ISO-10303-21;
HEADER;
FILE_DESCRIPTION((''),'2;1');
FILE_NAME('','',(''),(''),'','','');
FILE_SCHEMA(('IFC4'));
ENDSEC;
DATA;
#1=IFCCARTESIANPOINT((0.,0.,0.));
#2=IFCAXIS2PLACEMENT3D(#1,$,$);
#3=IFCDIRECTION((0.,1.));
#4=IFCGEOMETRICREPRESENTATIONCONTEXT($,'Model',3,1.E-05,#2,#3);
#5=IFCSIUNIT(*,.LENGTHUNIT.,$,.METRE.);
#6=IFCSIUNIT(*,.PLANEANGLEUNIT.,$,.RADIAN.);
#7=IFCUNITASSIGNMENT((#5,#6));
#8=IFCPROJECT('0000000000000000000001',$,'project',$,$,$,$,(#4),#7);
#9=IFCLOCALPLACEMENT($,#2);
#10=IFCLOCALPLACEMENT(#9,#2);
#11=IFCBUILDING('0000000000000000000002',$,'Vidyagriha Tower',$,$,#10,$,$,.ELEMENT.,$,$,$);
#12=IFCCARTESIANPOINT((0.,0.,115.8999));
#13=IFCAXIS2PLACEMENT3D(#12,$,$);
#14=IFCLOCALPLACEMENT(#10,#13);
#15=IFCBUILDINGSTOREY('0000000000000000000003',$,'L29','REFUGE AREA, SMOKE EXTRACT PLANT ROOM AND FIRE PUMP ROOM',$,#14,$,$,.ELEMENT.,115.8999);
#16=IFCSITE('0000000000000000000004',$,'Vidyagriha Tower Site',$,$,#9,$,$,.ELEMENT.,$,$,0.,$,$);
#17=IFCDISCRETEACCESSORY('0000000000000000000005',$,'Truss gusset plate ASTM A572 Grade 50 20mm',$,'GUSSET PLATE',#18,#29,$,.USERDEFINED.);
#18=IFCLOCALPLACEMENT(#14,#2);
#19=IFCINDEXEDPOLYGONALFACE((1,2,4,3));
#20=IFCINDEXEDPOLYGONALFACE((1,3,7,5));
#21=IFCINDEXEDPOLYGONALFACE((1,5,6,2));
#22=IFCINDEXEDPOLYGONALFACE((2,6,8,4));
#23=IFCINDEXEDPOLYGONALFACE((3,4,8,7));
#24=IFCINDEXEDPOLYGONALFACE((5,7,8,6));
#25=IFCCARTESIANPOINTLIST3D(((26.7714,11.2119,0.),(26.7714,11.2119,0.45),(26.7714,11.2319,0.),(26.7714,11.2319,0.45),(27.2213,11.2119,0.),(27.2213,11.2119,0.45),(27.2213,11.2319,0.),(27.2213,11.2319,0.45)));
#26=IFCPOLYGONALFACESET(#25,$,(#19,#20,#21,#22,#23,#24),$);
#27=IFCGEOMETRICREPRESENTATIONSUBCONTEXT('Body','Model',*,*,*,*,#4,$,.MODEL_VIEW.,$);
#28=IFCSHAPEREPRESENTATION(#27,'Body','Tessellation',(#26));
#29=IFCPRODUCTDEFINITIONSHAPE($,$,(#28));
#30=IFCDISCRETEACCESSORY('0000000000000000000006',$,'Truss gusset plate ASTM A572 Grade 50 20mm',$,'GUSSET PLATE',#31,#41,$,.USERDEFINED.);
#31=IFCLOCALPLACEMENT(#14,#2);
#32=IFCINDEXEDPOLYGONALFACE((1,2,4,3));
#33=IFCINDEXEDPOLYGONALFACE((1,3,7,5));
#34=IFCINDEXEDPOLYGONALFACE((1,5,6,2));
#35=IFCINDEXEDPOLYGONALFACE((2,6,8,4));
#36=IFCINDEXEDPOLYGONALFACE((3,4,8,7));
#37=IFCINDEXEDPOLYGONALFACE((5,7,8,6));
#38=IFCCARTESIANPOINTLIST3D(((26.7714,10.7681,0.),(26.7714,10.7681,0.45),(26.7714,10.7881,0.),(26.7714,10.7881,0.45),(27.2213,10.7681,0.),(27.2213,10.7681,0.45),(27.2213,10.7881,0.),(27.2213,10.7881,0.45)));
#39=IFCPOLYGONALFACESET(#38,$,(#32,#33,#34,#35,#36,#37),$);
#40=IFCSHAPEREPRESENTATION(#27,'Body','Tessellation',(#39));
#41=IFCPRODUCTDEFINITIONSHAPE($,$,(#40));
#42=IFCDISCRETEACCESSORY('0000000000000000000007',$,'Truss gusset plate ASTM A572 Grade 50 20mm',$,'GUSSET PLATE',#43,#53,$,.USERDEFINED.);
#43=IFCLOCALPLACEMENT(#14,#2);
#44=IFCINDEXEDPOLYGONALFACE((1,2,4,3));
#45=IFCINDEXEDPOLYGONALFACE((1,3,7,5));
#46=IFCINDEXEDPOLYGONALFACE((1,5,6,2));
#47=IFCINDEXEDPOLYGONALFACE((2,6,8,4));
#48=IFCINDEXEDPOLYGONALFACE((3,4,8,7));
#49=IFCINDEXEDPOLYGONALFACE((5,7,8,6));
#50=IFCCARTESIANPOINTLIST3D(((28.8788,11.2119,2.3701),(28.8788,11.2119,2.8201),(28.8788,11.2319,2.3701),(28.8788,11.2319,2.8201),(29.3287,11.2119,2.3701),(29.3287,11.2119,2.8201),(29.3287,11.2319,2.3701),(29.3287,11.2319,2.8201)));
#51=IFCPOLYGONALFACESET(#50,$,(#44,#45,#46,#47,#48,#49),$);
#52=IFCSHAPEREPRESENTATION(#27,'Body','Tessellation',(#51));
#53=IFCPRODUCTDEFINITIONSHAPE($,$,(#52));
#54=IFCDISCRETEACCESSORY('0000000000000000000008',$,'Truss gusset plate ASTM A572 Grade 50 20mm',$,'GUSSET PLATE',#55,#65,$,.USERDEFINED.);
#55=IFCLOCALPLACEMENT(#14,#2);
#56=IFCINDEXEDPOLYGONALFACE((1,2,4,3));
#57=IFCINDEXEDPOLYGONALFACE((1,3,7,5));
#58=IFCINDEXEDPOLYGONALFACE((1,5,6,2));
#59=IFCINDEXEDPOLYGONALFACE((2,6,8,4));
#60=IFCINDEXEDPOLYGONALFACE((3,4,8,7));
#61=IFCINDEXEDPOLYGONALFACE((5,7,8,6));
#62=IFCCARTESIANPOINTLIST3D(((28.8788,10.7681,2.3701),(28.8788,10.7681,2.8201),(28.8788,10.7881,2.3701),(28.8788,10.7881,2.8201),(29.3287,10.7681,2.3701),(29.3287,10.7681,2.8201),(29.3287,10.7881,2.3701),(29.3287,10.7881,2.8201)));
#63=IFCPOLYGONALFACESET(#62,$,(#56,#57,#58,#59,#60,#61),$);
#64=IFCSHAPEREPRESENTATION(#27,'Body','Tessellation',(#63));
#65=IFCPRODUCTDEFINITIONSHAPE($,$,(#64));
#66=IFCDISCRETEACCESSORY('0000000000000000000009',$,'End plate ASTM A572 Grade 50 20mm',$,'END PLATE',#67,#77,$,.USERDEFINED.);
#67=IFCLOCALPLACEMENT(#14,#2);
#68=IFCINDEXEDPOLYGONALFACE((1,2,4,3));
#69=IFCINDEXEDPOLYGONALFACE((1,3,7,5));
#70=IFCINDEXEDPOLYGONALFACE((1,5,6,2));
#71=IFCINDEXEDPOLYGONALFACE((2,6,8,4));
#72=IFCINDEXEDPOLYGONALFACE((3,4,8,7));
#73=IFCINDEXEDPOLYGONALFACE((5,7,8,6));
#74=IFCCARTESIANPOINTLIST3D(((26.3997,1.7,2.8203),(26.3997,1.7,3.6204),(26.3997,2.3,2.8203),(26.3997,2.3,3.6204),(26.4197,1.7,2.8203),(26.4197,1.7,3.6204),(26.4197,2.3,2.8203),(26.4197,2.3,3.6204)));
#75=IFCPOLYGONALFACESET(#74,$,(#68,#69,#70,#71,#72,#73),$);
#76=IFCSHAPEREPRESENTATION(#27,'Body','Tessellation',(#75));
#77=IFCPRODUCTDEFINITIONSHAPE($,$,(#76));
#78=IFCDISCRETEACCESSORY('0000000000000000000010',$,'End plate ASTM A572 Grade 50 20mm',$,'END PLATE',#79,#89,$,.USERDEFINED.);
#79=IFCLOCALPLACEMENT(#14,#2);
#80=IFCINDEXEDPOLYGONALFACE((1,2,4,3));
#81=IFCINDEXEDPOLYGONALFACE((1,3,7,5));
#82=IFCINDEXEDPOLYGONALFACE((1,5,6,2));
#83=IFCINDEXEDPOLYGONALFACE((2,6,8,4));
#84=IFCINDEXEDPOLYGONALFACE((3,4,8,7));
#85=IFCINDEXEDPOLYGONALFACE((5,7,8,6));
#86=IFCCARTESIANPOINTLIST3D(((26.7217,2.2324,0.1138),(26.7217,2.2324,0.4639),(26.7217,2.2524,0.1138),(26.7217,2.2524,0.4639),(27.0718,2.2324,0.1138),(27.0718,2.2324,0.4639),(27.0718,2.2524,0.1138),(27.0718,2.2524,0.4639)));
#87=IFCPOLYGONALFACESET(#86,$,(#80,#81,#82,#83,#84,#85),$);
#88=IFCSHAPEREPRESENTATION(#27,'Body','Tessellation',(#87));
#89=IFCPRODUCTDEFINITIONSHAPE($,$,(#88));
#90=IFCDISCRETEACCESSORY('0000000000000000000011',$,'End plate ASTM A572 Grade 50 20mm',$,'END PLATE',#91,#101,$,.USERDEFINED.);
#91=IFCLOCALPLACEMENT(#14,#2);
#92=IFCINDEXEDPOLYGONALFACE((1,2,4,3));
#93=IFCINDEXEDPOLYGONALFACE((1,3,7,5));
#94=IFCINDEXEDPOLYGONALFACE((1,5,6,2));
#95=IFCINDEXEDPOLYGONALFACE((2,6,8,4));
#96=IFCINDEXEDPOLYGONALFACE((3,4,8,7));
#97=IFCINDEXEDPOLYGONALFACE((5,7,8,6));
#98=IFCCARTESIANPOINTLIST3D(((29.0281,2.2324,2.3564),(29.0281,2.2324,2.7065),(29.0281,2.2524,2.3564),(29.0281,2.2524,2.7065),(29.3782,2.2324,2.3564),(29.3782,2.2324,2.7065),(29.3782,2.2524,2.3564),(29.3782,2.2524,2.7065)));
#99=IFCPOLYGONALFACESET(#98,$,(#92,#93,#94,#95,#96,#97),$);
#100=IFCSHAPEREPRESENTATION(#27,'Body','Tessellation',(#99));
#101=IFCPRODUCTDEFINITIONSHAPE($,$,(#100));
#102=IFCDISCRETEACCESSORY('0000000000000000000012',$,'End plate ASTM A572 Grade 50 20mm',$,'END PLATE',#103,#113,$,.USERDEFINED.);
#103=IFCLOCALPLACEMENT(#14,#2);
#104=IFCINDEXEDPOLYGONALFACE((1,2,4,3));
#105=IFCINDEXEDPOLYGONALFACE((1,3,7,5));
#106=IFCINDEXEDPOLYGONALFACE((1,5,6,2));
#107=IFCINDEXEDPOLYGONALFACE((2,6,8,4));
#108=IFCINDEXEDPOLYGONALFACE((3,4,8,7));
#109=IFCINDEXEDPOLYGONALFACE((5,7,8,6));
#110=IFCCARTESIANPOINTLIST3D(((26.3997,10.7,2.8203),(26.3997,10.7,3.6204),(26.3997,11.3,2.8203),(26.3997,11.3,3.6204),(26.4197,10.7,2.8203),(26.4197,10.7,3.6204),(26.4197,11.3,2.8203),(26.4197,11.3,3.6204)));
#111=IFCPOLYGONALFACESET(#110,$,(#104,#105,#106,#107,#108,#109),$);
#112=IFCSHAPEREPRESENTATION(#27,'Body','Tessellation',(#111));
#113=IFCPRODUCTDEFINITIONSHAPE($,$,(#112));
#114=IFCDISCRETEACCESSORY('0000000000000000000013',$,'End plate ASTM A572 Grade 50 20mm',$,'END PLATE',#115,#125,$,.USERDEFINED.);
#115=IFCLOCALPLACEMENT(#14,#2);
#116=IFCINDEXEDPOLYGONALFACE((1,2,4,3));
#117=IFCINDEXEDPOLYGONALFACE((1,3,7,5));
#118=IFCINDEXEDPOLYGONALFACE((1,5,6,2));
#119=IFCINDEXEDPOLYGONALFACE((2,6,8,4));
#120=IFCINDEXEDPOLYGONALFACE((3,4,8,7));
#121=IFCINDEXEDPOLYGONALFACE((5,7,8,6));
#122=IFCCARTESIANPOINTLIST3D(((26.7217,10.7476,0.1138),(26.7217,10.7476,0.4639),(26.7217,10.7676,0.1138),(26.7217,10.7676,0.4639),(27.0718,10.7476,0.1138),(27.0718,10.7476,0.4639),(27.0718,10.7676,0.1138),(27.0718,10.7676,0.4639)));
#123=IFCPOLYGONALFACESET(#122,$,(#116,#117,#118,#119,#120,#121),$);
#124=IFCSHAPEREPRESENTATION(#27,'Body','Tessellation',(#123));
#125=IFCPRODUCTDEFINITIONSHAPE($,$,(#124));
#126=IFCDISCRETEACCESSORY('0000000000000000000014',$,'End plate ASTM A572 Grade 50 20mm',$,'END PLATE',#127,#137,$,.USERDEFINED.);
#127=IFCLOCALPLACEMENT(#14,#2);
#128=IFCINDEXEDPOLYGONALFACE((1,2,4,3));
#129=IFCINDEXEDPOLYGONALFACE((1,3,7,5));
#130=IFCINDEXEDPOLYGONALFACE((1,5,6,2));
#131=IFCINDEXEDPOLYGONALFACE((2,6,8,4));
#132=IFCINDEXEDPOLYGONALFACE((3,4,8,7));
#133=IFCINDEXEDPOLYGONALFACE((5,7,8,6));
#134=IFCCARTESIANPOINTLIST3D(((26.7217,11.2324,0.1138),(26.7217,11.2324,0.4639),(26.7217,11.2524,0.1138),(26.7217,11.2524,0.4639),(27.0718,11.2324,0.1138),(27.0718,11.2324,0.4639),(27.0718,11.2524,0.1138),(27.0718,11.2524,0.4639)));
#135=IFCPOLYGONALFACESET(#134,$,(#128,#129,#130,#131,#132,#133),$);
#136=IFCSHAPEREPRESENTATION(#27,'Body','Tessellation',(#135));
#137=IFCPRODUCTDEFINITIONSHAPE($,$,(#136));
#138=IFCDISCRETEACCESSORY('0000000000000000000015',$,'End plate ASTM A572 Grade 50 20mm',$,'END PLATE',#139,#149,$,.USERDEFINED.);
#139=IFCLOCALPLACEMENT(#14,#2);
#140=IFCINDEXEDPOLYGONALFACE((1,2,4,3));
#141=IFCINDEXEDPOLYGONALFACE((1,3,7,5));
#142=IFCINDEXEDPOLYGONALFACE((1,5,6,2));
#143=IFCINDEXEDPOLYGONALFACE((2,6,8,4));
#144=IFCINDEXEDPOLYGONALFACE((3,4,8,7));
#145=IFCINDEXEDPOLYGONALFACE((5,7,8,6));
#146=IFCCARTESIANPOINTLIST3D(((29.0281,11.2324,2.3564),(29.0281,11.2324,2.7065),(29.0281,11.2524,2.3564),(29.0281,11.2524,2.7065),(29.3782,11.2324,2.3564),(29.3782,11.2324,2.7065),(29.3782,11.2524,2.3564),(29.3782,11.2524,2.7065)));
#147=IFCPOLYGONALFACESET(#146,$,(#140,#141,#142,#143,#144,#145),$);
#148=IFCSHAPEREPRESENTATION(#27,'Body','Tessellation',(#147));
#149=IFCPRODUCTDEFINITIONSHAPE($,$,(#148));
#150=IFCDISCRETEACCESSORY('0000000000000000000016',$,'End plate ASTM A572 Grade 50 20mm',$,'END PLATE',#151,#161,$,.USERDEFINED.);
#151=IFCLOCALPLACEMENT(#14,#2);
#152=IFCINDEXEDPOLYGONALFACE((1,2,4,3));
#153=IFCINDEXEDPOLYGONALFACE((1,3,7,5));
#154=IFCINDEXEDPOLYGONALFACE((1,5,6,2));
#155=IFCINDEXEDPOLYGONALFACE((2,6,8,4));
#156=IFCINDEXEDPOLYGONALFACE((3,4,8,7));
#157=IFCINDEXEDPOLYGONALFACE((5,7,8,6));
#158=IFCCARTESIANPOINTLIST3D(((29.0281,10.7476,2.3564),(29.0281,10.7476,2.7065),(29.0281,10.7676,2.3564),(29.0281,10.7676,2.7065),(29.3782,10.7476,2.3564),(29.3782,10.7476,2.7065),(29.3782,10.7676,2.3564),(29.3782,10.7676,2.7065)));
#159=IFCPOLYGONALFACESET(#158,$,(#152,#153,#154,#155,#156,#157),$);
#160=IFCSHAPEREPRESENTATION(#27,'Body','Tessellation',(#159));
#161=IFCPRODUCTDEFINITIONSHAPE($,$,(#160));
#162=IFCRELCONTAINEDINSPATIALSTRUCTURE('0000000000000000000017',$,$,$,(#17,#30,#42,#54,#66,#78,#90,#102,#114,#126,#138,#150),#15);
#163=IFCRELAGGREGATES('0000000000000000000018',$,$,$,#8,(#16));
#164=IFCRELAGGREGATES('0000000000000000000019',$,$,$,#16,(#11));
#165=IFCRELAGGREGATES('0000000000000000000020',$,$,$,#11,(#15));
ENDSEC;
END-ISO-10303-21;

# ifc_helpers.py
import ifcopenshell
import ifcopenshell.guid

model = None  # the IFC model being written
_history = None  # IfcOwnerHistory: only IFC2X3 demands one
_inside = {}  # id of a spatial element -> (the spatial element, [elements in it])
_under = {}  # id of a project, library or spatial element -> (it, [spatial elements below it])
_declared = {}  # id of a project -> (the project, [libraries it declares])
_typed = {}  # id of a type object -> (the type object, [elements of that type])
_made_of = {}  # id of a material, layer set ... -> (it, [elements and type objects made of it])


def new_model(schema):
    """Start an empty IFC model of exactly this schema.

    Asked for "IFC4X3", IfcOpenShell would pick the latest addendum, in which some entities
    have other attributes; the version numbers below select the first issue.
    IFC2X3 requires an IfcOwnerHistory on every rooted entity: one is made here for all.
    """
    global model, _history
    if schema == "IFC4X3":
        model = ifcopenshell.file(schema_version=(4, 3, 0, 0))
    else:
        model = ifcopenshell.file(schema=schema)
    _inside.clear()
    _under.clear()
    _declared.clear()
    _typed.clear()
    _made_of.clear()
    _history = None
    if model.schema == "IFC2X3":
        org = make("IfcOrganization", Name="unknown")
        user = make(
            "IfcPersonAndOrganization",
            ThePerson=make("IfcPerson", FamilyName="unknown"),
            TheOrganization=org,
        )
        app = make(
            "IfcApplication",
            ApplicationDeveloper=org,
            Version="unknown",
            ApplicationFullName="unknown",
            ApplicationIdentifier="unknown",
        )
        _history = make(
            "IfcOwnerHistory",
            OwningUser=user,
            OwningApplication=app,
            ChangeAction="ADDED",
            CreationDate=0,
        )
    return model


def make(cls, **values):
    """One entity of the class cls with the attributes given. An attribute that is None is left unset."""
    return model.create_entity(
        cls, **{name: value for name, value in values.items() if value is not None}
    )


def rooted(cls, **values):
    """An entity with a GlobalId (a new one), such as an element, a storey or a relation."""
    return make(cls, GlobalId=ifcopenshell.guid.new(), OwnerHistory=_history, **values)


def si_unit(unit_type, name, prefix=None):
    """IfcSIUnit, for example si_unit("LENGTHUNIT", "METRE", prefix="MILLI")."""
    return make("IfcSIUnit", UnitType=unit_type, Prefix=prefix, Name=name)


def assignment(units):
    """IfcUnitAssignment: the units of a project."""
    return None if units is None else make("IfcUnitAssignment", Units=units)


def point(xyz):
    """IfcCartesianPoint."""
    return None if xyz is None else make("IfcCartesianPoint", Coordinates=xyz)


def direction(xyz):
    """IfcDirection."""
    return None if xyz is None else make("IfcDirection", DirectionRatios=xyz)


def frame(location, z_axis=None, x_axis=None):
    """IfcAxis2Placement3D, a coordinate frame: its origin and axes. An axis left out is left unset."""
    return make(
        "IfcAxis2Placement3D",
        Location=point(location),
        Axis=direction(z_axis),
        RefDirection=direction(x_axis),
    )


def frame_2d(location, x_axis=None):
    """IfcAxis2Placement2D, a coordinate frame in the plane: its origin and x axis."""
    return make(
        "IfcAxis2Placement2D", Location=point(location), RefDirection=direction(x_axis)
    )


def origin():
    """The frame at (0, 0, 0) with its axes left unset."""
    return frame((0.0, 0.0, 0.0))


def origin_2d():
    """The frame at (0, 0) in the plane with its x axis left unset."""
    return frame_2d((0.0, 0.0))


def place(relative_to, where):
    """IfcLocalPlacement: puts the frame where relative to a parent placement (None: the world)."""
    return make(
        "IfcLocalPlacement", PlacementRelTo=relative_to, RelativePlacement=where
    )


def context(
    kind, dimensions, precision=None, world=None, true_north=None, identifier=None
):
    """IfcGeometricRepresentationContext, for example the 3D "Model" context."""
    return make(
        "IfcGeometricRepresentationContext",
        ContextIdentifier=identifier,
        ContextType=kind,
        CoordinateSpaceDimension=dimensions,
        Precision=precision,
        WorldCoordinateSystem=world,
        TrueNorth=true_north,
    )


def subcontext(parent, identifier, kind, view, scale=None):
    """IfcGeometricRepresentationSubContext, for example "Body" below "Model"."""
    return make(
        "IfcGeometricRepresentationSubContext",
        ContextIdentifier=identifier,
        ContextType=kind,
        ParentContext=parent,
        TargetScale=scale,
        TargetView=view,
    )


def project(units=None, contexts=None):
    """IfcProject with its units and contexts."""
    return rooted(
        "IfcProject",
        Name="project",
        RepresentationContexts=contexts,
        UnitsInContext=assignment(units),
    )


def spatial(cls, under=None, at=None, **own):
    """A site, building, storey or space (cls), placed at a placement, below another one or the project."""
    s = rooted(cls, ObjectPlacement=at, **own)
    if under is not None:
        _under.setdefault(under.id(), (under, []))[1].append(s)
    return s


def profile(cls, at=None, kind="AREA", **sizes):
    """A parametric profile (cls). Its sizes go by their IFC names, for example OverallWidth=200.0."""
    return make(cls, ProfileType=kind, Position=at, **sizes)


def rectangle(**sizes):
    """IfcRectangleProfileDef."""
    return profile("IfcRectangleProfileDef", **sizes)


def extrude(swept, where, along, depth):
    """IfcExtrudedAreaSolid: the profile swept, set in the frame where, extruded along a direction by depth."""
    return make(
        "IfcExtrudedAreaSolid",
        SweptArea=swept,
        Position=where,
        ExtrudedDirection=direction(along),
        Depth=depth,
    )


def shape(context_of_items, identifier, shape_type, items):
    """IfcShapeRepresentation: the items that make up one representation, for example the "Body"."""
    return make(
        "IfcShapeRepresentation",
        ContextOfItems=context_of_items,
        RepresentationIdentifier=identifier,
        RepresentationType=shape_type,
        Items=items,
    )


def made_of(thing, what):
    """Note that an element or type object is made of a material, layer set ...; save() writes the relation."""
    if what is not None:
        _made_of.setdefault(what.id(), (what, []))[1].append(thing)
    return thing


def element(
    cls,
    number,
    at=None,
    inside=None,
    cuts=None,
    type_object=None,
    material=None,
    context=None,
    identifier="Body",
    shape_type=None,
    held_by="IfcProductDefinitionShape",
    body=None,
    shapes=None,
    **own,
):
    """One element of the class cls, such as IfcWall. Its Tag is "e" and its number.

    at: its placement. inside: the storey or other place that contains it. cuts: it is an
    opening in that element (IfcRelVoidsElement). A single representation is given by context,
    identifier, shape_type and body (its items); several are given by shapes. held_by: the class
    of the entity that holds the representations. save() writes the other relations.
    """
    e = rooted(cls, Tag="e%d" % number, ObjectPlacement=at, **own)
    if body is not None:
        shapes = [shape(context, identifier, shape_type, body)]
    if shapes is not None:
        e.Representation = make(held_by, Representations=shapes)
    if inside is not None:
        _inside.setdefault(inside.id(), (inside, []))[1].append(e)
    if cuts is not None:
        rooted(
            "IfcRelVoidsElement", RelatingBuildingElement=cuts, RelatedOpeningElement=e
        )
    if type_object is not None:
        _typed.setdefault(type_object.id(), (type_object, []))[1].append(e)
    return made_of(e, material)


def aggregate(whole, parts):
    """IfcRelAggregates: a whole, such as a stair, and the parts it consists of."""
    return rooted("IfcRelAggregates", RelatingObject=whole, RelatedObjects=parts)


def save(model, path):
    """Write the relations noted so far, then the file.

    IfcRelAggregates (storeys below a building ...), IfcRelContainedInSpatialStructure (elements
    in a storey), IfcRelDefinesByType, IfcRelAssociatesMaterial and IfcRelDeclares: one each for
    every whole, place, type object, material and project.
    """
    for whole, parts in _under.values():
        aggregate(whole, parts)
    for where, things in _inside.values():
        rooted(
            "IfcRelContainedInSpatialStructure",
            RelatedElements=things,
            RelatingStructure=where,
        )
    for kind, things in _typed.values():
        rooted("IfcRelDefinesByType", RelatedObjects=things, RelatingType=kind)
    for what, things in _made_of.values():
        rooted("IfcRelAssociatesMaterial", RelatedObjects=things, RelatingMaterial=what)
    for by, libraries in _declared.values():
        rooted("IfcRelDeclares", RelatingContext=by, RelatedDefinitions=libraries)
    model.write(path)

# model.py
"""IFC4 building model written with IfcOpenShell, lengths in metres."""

from ifc_helpers import new_model, si_unit, direction, frame, origin, origin_2d, place, context, subcontext, project, spatial, rectangle, extrude, element, save


model = new_model("IFC4")

# Units and contexts
model_context = context("Model", 3, precision=1e-05, world=origin(), true_north=direction((0.0, 1.0)))
body_context = subcontext(model_context, "Body", "Model", "MODEL_VIEW")
ifc_project = project(units=[si_unit("LENGTHUNIT", "METRE"), si_unit("PLANEANGLEUNIT", "RADIAN")], contexts=[model_context])

# Site, building, storey
site_placement = place(None, origin())
site = spatial("IfcSite", under=ifc_project, at=site_placement, Name="Vidyagriha Tower Site", CompositionType="ELEMENT", RefElevation=0.0)
building_placement = place(site_placement, origin())
building = spatial("IfcBuilding", under=site, at=building_placement, Name="Vidyagriha Tower", CompositionType="ELEMENT")
storey_placement = place(building_placement, frame((0.0, 0.0, 115.8999)))
storey = spatial("IfcBuildingStorey", under=building, at=storey_placement, Name="L29", Description="REFUGE AREA, SMOKE EXTRACT PLANT ROOM AND FIRE PUMP ROOM", CompositionType="ELEMENT", Elevation=115.8999)

# Discrete accessories
for number, where, name in (
    (1, (26.9963, 11.2219, 0.0), "Truss gusset plate ASTM A572 Grade 50 20mm"),
    (2, (26.9963, 10.7781, 0.0), "Truss gusset plate ASTM A572 Grade 50 20mm"),
    (3, (29.1038, 11.2219, 2.3701), "Truss gusset plate ASTM A572 Grade 50 20mm"),
    (4, (29.1038, 10.7781, 2.3701), "Truss gusset plate ASTM A572 Grade 50 20mm"),
):
    element("IfcDiscreteAccessory", number, at=place(storey_placement, frame(where)), inside=storey, Name=name, ObjectType="GUSSET PLATE", PredefinedType="USERDEFINED", context=body_context, shape_type="SweptSolid", body=[
        extrude(rectangle(XDim=0.45, YDim=0.02, at=origin_2d()), origin(), (0.0, 0.0, 1.0), 0.45),
    ])
discrete_accessory_1_placement = place(storey_placement, frame((26.4097, 2.0, 2.8203), z_axis=(0.0, 0.0, 1.0), x_axis=(-1.0, 0.0, 0.0)))
element("IfcDiscreteAccessory", 5, at=discrete_accessory_1_placement, inside=storey, Name="End plate ASTM A572 Grade 50 20mm", ObjectType="END PLATE", PredefinedType="USERDEFINED", context=body_context, shape_type="SweptSolid", body=[
    extrude(rectangle(XDim=0.02, YDim=0.6001, at=origin_2d()), origin(), (0.0, 0.0, 1.0), 0.8),
])
discrete_accessory_2_placement = place(storey_placement, frame((26.8967, 2.2424, 0.1138), z_axis=(0.0, 0.0, 1.0), x_axis=(-1.0, 0.0, 0.0)))
element("IfcDiscreteAccessory", 6, at=discrete_accessory_2_placement, inside=storey, Name="End plate ASTM A572 Grade 50 20mm", ObjectType="END PLATE", PredefinedType="USERDEFINED", context=body_context, shape_type="SweptSolid", body=[
    extrude(rectangle(XDim=0.3501, YDim=0.02, at=origin_2d()), origin(), (0.0, 0.0, 1.0), 0.3501),
])
discrete_accessory_3_placement = place(storey_placement, frame((29.2031, 2.2424, 2.3564)))
element("IfcDiscreteAccessory", 7, at=discrete_accessory_3_placement, inside=storey, Name="End plate ASTM A572 Grade 50 20mm", ObjectType="END PLATE", PredefinedType="USERDEFINED", context=body_context, shape_type="SweptSolid", body=[
    extrude(rectangle(XDim=0.3501, YDim=0.02, at=origin_2d()), origin(), (0.0, 0.0, 1.0), 0.3501),
])
discrete_accessory_4_placement = place(storey_placement, frame((26.4097, 11.0, 2.8203), z_axis=(0.0, 0.0, 1.0), x_axis=(-1.0, 0.0, 0.0)))
element("IfcDiscreteAccessory", 8, at=discrete_accessory_4_placement, inside=storey, Name="End plate ASTM A572 Grade 50 20mm", ObjectType="END PLATE", PredefinedType="USERDEFINED", context=body_context, shape_type="SweptSolid", body=[
    extrude(rectangle(XDim=0.02, YDim=0.6001, at=origin_2d()), origin(), (0.0, 0.0, 1.0), 0.8),
])
for number, where, z_axis, x_axis, name in (
    (9, (26.8967, 10.7576, 0.1138), (0.0, 0.0, 1.0), (-1.0, 0.0, 0.0), "End plate ASTM A572 Grade 50 20mm"),
    (10, (26.8967, 11.2424, 0.1138), (0.0, 0.0, 1.0), (-1.0, 0.0, 0.0), "End plate ASTM A572 Grade 50 20mm"),
):
    element("IfcDiscreteAccessory", number, at=place(storey_placement, frame(where, z_axis=z_axis, x_axis=x_axis)), inside=storey, Name=name, ObjectType="END PLATE", PredefinedType="USERDEFINED", context=body_context, shape_type="SweptSolid", body=[
        extrude(rectangle(XDim=0.3501, YDim=0.02, at=origin_2d()), origin(), (0.0, 0.0, 1.0), 0.3501),
    ])
for number, where, name in (
    (11, (29.2031, 11.2424, 2.3564), "End plate ASTM A572 Grade 50 20mm"),
    (12, (29.2031, 10.7576, 2.3564), "End plate ASTM A572 Grade 50 20mm"),
):
    element("IfcDiscreteAccessory", number, at=place(storey_placement, frame(where)), inside=storey, Name=name, ObjectType="END PLATE", PredefinedType="USERDEFINED", context=body_context, shape_type="SweptSolid", body=[
        extrude(rectangle(XDim=0.3501, YDim=0.02, at=origin_2d()), origin(), (0.0, 0.0, 1.0), 0.3501),
    ])

save(model, "model.ifc")
